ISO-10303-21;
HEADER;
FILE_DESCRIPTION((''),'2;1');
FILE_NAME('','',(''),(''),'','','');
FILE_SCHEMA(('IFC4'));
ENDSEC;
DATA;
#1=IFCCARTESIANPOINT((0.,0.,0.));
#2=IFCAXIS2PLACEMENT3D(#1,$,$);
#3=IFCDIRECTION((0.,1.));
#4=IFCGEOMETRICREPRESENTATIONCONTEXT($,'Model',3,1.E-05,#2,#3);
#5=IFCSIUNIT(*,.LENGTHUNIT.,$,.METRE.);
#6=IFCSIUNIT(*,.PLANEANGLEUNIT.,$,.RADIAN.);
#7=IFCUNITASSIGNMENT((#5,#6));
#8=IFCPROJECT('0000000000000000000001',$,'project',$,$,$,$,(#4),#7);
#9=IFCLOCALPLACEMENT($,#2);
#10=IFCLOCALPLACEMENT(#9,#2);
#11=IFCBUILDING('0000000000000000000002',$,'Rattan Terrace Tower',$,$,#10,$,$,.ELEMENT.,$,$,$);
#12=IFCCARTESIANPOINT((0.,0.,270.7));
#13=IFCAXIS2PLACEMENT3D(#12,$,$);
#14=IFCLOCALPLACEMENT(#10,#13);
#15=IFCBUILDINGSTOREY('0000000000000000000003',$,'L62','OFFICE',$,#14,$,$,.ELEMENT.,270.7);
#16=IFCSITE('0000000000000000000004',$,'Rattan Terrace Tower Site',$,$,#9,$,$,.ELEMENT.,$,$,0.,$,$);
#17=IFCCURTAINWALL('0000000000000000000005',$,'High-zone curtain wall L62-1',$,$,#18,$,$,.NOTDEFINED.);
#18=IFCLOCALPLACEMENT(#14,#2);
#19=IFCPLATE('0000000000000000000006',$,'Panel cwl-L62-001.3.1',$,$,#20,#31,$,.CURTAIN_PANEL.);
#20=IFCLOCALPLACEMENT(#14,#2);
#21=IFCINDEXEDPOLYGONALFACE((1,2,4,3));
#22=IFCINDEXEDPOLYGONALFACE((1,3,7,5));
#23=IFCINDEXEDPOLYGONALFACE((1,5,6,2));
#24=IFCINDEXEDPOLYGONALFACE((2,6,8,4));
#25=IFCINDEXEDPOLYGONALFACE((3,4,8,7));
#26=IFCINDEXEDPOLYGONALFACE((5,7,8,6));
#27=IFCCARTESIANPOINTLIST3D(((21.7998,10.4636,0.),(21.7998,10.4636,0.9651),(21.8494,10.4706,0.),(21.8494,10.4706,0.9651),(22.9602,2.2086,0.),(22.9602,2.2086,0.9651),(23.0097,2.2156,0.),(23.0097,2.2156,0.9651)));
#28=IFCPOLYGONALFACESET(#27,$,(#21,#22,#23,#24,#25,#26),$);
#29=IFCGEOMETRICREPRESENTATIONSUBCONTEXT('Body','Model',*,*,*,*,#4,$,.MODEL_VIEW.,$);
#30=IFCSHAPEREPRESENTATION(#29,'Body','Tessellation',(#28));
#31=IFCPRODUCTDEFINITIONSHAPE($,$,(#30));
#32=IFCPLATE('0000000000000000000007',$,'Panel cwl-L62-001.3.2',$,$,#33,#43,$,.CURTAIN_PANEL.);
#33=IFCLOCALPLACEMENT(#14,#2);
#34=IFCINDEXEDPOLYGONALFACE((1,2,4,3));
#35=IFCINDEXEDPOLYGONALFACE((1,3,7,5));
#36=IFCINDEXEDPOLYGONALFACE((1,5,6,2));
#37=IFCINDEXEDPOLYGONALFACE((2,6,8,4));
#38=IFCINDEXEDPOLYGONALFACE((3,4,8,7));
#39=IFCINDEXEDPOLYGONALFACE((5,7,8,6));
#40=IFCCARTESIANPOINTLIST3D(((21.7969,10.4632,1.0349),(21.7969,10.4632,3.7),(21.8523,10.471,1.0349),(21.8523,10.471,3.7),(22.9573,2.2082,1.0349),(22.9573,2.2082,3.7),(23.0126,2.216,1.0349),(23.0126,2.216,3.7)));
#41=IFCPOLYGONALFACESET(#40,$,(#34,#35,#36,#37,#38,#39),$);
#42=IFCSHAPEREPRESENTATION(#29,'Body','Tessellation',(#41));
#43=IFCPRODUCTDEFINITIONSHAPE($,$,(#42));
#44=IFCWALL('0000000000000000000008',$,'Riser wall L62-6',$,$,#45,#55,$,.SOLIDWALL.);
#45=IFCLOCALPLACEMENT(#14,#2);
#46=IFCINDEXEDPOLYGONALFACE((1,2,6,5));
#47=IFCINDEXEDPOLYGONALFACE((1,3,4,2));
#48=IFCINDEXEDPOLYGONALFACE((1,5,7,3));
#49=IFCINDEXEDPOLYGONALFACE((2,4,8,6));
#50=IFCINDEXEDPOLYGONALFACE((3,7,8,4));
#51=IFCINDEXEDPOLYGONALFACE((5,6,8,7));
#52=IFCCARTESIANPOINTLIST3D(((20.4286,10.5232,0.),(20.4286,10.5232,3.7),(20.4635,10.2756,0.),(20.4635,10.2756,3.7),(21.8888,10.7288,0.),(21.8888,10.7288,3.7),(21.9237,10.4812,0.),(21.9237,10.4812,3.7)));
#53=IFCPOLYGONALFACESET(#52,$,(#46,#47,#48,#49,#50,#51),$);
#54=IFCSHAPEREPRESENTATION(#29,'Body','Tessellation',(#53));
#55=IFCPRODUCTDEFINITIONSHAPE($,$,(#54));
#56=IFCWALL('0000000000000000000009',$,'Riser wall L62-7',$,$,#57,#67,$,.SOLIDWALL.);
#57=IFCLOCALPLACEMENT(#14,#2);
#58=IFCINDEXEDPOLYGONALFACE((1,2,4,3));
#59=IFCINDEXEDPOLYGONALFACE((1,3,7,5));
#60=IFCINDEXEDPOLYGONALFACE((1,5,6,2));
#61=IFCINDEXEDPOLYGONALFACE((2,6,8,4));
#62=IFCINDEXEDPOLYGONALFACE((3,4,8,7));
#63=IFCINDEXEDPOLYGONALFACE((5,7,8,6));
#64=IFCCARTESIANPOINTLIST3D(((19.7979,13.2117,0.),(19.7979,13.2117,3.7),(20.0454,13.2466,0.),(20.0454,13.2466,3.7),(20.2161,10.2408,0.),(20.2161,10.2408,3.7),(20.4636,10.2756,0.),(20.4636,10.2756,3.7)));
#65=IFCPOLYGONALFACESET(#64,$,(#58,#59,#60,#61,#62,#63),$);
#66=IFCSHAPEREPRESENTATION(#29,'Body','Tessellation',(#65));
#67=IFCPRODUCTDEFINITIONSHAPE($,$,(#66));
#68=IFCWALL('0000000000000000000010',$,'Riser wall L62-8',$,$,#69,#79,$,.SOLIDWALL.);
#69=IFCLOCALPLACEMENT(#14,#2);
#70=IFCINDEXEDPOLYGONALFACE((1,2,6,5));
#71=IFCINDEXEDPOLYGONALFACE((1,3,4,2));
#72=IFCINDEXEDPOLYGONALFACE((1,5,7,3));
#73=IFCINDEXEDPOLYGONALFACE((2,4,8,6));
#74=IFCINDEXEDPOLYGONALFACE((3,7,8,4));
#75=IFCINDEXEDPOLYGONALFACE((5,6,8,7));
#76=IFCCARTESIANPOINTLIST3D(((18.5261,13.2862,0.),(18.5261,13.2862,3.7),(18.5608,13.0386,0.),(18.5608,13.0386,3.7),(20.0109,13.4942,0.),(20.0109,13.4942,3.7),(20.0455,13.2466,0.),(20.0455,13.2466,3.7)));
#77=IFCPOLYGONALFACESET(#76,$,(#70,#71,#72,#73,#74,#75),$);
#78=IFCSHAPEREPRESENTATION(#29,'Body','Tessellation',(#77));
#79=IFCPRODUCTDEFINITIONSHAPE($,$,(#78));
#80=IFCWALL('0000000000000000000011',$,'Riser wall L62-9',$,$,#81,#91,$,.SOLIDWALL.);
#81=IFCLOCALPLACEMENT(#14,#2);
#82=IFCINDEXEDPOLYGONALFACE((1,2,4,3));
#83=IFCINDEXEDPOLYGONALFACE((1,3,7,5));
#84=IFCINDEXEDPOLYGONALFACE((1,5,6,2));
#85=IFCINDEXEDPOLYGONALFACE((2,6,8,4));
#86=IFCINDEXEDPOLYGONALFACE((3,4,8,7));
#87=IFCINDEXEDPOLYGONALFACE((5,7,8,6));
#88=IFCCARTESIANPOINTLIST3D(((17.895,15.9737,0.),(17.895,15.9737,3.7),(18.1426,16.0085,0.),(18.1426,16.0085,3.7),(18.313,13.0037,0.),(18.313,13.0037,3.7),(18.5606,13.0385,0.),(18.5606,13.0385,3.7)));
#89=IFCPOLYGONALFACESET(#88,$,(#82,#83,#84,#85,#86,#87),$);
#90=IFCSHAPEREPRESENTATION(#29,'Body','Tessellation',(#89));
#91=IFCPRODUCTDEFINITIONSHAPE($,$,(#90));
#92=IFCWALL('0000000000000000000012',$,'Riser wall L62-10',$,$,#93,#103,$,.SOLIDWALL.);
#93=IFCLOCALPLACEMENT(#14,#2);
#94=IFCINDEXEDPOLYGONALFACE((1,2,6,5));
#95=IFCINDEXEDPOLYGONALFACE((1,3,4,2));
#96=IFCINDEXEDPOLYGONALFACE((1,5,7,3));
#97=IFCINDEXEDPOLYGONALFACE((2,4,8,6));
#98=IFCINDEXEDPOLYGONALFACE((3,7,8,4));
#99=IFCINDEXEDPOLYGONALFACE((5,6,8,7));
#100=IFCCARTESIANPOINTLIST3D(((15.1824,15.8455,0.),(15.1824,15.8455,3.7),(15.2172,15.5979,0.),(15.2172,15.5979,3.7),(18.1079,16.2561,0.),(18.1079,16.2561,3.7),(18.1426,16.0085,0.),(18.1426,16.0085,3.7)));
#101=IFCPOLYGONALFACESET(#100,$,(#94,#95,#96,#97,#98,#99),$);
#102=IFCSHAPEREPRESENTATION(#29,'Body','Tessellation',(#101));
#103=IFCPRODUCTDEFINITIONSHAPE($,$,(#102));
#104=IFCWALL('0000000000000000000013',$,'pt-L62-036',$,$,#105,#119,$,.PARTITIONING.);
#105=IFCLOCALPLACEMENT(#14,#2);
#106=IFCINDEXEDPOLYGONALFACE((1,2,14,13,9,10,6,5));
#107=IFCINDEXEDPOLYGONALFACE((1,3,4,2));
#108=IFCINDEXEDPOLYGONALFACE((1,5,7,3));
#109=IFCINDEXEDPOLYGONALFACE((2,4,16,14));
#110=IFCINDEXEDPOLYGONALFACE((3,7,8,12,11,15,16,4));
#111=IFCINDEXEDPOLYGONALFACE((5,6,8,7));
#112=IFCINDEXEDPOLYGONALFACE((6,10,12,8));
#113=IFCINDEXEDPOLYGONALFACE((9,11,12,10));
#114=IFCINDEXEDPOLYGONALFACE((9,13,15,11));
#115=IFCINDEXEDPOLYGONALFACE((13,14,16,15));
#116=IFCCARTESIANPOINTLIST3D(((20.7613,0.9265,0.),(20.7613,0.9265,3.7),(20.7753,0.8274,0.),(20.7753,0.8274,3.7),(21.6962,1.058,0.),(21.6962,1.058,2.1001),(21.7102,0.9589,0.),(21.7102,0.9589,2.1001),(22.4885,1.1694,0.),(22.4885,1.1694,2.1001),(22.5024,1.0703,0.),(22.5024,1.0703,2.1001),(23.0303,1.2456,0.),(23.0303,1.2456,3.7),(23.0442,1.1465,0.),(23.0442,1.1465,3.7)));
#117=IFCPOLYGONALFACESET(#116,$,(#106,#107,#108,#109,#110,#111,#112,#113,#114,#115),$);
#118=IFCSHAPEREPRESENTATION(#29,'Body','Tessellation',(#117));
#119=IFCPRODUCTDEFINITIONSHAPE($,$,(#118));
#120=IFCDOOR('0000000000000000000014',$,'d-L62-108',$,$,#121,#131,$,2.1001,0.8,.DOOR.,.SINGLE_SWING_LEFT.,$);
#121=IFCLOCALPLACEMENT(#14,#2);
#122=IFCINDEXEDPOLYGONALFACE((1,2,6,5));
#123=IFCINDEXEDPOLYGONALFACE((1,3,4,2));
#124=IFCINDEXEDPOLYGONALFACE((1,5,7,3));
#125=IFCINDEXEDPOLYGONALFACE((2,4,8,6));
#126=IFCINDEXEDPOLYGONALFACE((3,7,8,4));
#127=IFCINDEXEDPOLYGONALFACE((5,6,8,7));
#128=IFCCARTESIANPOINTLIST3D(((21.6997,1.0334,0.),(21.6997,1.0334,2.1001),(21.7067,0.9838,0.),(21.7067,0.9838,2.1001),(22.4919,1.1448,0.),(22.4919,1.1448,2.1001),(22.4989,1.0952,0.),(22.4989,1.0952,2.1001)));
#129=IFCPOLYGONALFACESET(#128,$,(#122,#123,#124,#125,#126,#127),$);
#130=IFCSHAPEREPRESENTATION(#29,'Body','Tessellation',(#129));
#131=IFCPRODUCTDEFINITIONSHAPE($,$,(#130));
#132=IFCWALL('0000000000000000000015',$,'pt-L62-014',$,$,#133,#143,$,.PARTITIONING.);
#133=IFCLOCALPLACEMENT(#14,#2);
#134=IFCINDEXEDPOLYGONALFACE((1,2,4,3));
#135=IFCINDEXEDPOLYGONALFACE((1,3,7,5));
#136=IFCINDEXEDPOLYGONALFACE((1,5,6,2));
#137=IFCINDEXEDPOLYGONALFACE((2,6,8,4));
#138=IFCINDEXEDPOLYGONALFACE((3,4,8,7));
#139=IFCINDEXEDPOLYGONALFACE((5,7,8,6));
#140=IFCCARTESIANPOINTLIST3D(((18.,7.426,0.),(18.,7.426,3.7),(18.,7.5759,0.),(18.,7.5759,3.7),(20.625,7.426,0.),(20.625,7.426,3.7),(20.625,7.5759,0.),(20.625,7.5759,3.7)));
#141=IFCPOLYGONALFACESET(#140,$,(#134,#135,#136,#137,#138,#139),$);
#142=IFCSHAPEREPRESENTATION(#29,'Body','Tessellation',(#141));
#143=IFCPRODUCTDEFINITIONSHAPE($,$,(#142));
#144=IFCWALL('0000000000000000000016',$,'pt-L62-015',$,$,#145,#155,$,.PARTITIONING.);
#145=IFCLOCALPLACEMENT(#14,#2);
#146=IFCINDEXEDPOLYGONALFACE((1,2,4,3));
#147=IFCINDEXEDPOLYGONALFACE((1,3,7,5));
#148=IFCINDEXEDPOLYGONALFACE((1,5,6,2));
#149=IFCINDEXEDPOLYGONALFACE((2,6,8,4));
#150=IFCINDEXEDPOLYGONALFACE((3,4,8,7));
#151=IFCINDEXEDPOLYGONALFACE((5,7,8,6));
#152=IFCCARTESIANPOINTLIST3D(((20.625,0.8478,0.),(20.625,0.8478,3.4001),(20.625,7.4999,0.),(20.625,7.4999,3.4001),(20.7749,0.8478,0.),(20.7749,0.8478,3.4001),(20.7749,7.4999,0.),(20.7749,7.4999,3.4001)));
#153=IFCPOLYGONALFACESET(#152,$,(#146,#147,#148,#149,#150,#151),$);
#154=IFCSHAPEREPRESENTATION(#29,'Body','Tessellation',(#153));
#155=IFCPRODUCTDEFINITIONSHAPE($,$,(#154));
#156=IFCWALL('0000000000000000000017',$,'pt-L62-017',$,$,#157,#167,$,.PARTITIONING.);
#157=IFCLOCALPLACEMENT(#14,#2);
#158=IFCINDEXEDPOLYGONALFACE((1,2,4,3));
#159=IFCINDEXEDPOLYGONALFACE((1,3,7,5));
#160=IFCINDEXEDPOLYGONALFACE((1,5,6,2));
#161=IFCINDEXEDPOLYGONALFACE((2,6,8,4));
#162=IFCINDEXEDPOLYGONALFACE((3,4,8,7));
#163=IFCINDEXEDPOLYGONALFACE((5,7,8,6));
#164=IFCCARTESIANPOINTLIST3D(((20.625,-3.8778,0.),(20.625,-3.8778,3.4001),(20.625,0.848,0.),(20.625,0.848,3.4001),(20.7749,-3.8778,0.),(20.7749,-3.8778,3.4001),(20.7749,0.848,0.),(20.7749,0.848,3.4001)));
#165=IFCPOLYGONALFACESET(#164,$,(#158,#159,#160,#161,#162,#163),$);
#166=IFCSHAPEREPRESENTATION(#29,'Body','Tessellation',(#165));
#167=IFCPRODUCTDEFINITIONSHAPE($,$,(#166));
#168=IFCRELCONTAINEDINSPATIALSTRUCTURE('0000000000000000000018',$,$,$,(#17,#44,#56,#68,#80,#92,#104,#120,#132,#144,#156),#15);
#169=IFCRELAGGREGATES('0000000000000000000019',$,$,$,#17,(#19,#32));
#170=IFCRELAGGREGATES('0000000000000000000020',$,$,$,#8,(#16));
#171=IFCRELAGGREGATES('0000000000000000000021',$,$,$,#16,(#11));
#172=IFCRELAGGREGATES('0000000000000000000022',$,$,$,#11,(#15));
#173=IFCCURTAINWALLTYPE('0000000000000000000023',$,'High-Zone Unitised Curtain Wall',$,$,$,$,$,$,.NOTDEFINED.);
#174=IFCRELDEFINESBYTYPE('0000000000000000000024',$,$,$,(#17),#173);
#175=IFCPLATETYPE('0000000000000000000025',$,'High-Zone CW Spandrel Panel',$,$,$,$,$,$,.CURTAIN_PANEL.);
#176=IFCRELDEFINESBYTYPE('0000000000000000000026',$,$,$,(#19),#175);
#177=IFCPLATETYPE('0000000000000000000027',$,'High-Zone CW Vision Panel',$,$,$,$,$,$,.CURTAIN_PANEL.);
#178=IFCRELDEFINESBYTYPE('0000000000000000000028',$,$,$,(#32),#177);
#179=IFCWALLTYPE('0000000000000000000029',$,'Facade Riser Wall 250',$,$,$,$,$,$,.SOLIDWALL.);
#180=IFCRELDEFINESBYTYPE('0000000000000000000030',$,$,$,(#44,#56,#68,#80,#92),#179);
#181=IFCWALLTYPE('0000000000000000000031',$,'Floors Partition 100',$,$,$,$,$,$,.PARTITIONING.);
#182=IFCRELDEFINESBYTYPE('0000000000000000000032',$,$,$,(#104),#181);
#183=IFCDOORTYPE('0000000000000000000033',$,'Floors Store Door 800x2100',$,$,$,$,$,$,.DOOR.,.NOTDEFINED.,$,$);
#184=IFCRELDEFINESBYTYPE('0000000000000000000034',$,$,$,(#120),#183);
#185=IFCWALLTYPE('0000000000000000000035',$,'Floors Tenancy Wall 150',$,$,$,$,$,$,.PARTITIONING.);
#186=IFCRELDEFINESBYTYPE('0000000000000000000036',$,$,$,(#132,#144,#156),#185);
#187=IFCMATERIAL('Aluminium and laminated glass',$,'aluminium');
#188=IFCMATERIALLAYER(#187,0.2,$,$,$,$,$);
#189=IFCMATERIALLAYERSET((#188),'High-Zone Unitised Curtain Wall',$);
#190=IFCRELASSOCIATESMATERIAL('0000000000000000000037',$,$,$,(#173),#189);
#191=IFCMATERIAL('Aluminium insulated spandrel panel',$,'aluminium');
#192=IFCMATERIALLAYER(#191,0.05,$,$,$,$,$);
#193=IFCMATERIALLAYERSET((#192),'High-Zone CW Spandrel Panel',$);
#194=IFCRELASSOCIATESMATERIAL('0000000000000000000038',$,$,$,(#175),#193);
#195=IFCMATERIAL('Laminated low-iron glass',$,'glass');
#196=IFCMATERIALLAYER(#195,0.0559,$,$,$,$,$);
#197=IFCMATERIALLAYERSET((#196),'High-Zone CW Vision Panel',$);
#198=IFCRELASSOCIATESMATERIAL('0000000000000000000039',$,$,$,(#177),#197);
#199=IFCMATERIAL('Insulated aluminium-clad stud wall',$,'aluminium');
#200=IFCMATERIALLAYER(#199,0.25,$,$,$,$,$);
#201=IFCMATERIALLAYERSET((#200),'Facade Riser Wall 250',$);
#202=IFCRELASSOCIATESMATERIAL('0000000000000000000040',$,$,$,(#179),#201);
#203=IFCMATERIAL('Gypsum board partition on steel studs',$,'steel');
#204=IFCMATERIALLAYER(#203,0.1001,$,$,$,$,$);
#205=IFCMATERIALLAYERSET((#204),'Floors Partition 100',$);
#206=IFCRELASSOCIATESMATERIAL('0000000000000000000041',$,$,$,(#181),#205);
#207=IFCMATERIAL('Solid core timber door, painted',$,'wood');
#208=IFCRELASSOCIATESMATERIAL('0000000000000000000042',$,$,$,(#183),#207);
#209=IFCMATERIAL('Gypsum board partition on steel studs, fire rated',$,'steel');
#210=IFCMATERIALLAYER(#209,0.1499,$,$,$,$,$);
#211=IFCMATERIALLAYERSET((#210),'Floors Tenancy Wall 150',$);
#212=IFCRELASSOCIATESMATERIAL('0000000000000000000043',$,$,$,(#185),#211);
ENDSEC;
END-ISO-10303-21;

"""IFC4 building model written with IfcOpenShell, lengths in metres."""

from ifc_helpers import new_model, si_unit, direction, frame, frame_2d, origin, origin_2d, place, context, subcontext, project, spatial, rectangle, extrude, material, layer, layer_set, type_object, element, fill, aggregate, save


model = new_model("IFC4")

# Units and contexts
model_context = context("Model", 3, precision=1e-05, world=origin(), true_north=direction((0.0, 1.0)))
body_context = subcontext(model_context, "Body", "Model", "MODEL_VIEW")
ifc_project = project(units=[si_unit("LENGTHUNIT", "METRE"), si_unit("PLANEANGLEUNIT", "RADIAN")], contexts=[model_context])

# Site, building, storey
site_placement = place(None, origin())
site = spatial("IfcSite", under=ifc_project, at=site_placement, Name="Rattan Terrace Tower Site", CompositionType="ELEMENT", RefElevation=0.0)
building_placement = place(site_placement, origin())
building = spatial("IfcBuilding", under=site, at=building_placement, Name="Rattan Terrace Tower", CompositionType="ELEMENT")
storey_placement = place(building_placement, frame((0.0, 0.0, 270.7)))
storey = spatial("IfcBuildingStorey", under=building, at=storey_placement, Name="L62", Description="OFFICE", CompositionType="ELEMENT", Elevation=270.7)

# Curtain wall, plates
ifc_material_1 = material(Name="Aluminium and laminated glass", Category="aluminium")
ifc_layer_1 = layer(ifc_material_1, 0.2)
ifc_layer_set_1 = layer_set([ifc_layer_1], Name="High-Zone Unitised Curtain Wall")
curtain_wall_type = type_object("IfcCurtainWallType", Name="High-Zone Unitised Curtain Wall", PredefinedType="NOTDEFINED", material=ifc_layer_set_1)
curtain_wall_placement = place(storey_placement, origin())
curtain_wall = element("IfcCurtainWall", 1, at=curtain_wall_placement, inside=storey, type_object=curtain_wall_type, Name="High-zone curtain wall L62-1", PredefinedType="NOTDEFINED")
ifc_material_2 = material(Name="Aluminium insulated spandrel panel", Category="aluminium")
ifc_layer_2 = layer(ifc_material_2, 0.05)
ifc_layer_set_2 = layer_set([ifc_layer_2], Name="High-Zone CW Spandrel Panel")
plate_type_1 = type_object("IfcPlateType", Name="High-Zone CW Spandrel Panel", PredefinedType="CURTAIN_PANEL", material=ifc_layer_set_2)
plate_1_placement = place(storey_placement, frame((22.4048, 6.3396, 0.0), z_axis=(0.0, 0.0, 1.0), x_axis=(-0.139192, 0.990265, 0.0)))
plate_1 = element("IfcPlate", 2, at=plate_1_placement, type_object=plate_type_1, Name="Panel cwl-L62-001.3.1", PredefinedType="CURTAIN_PANEL", context=body_context, shape_type="SweptSolid", body=[
    extrude(rectangle(XDim=8.3362, YDim=0.05, at=origin_2d()), origin(), (0.0, 0.0, 1.0), 0.9651),
])
ifc_material_3 = material(Name="Laminated low-iron glass", Category="glass")
ifc_layer_3 = layer(ifc_material_3, 0.0559)
ifc_layer_set_3 = layer_set([ifc_layer_3], Name="High-Zone CW Vision Panel")
plate_type_2 = type_object("IfcPlateType", Name="High-Zone CW Vision Panel", PredefinedType="CURTAIN_PANEL", material=ifc_layer_set_3)
plate_2_placement = place(storey_placement, frame((22.4048, 6.3396, 1.0349), z_axis=(0.0, 0.0, 1.0), x_axis=(-0.139192, 0.990265, 0.0)))
plate_2 = element("IfcPlate", 3, at=plate_2_placement, type_object=plate_type_2, Name="Panel cwl-L62-001.3.2", PredefinedType="CURTAIN_PANEL", context=body_context, shape_type="SweptSolid", body=[
    extrude(rectangle(XDim=8.3362, YDim=0.0559, at=origin_2d()), origin(), (0.0, 0.0, 1.0), 2.665),
])
aggregate(curtain_wall, [plate_1, plate_2])

# Walls
ifc_material_4 = material(Name="Insulated aluminium-clad stud wall", Category="aluminium")
ifc_layer_4 = layer(ifc_material_4, 0.25)
ifc_layer_set_4 = layer_set([ifc_layer_4], Name="Facade Riser Wall 250")
wall_type_1 = type_object("IfcWallType", Name="Facade Riser Wall 250", PredefinedType="SOLIDWALL", material=ifc_layer_set_4)
wall_1_placement = place(storey_placement, frame((21.9062, 10.605, 0.0), z_axis=(0.0, 0.0, 1.0), x_axis=(-0.990236, -0.139404, 0.0)))
element("IfcWall", 4, at=wall_1_placement, inside=storey, type_object=wall_type_1, Name="Riser wall L62-6", PredefinedType="SOLIDWALL", context=body_context, shape_type="SweptSolid", body=[
    extrude(rectangle(XDim=1.4746, YDim=0.25, at=frame_2d((0.7373, 0.0))), origin(), (0.0, 0.0, 1.0), 3.7),
])
wall_2_placement = place(storey_placement, frame((20.3398, 10.2583, 0.0), z_axis=(0.0, 0.0, 1.0), x_axis=(-0.139393, 0.990237, 0.0)))
element("IfcWall", 5, at=wall_2_placement, inside=storey, type_object=wall_type_1, Name="Riser wall L62-7", PredefinedType="SOLIDWALL", context=body_context, shape_type="SweptSolid", body=[
    extrude(rectangle(XDim=3.0002, YDim=0.25, at=frame_2d((1.5, 0.0))), origin(), (0.0, 0.0, 1.0), 3.7),
])
wall_3_placement = place(storey_placement, frame((20.0281, 13.3704, 0.0), z_axis=(0.0, 0.0, 1.0), x_axis=(-0.99033, -0.138731, 0.0)))
element("IfcWall", 6, at=wall_3_placement, inside=storey, type_object=wall_type_1, Name="Riser wall L62-8", PredefinedType="SOLIDWALL", context=body_context, shape_type="SweptSolid", body=[
    extrude(rectangle(XDim=1.4993, YDim=0.25, at=frame_2d((0.7495, 0.0))), origin(), (0.0, 0.0, 1.0), 3.7),
])
wall_4_placement = place(storey_placement, frame((18.4368, 13.0212, 0.0), z_axis=(0.0, 0.0, 1.0), x_axis=(-0.139358, 0.990242, 0.0)))
element("IfcWall", 7, at=wall_4_placement, inside=storey, type_object=wall_type_1, Name="Riser wall L62-9", PredefinedType="SOLIDWALL", context=body_context, shape_type="SweptSolid", body=[
    extrude(rectangle(XDim=2.9993, YDim=0.25, at=frame_2d((1.4995, 0.0))), origin(), (0.0, 0.0, 1.0), 3.7),
])
wall_5_placement = place(storey_placement, frame((18.1252, 16.1323, 0.0), z_axis=(0.0, 0.0, 1.0), x_axis=(-0.990292, -0.139003, 0.0)))
element("IfcWall", 8, at=wall_5_placement, inside=storey, type_object=wall_type_1, Name="Riser wall L62-10", PredefinedType="SOLIDWALL", context=body_context, shape_type="SweptSolid", body=[
    extrude(rectangle(XDim=2.9541, YDim=0.25, at=frame_2d((1.4771, 0.0))), origin(), (0.0, 0.0, 1.0), 3.7),
])

# Wall, opening, door
ifc_material_5 = material(Name="Gypsum board partition on steel studs", Category="steel")
ifc_layer_5 = layer(ifc_material_5, 0.1001)
ifc_layer_set_5 = layer_set([ifc_layer_5], Name="Floors Partition 100")
wall_type_2 = type_object("IfcWallType", Name="Floors Partition 100", PredefinedType="PARTITIONING", material=ifc_layer_set_5)
wall_6_placement = place(storey_placement, frame((23.0371, 1.196, 0.0), z_axis=(0.0, 0.0, 1.0), x_axis=(-0.990256, -0.139258, 0.0)))
wall_6 = element("IfcWall", 9, at=wall_6_placement, inside=storey, type_object=wall_type_2, Name="pt-L62-036", PredefinedType="PARTITIONING", context=body_context, shape_type="SweptSolid", body=[
    extrude(rectangle(XDim=2.2913, YDim=0.1001, at=frame_2d((1.1455, 0.0))), origin(), (0.0, 0.0, 1.0), 3.7),
])
opening_placement = place(wall_6_placement, frame((0.5471, 0.0, 0.0)))
opening = element("IfcOpeningElement", 10, at=opening_placement, cuts=wall_6, PredefinedType="OPENING", context=body_context, shape_type="SweptSolid", body=[
    extrude(rectangle(XDim=0.8, YDim=2.1001, at=frame_2d((0.3999, 1.05))), frame((0.0, 0.0605, 0.0), z_axis=(0.0, -1.0, 0.0), x_axis=(1.0, 0.0, 0.0)), (0.0, 0.0, 1.0), 0.1211),
])
ifc_material_6 = material(Name="Solid core timber door, painted", Category="wood")
door_type = type_object("IfcDoorType", Name="Floors Store Door 800x2100", OperationType="NOTDEFINED", PredefinedType="DOOR", material=ifc_material_6)
door_placement = place(opening_placement, origin())
door = element("IfcDoor", 11, at=door_placement, inside=storey, type_object=door_type, Name="d-L62-108", OperationType="SINGLE_SWING_LEFT", OverallHeight=2.1001, OverallWidth=0.8, PredefinedType="DOOR", context=body_context, shape_type="SweptSolid", body=[
    extrude(rectangle(XDim=0.8, YDim=2.1001, at=frame_2d((0.3999, 1.05))), frame((0.0, 0.0249, 0.0), z_axis=(0.0, -1.0, 0.0), x_axis=(1.0, 0.0, 0.0)), (0.0, 0.0, 1.0), 0.05),
])
fill(opening, door)

# Walls
ifc_material_7 = material(Name="Gypsum board partition on steel studs, fire rated", Category="steel")
ifc_layer_6 = layer(ifc_material_7, 0.1499)
ifc_layer_set_6 = layer_set([ifc_layer_6], Name="Floors Tenancy Wall 150")
wall_type_3 = type_object("IfcWallType", Name="Floors Tenancy Wall 150", PredefinedType="PARTITIONING", material=ifc_layer_set_6)
wall_7_placement = place(storey_placement, frame((18.0, 7.501, 0.0), z_axis=(0.0, 0.0, 1.0), x_axis=(1.0, 0.0, 0.0)))
element("IfcWall", 12, at=wall_7_placement, inside=storey, type_object=wall_type_3, Name="pt-L62-014", PredefinedType="PARTITIONING", context=body_context, shape_type="SweptSolid", body=[
    extrude(rectangle(XDim=2.625, YDim=0.1499, at=frame_2d((1.3125, 0.0))), origin(), (0.0, 0.0, 1.0), 3.7),
])
wall_8_placement = place(storey_placement, frame((20.7, 7.5, 0.0), z_axis=(0.0, 0.0, 1.0), x_axis=(0.0, -1.0, 0.0)))
element("IfcWall", 13, at=wall_8_placement, inside=storey, type_object=wall_type_3, Name="pt-L62-015", PredefinedType="PARTITIONING", context=body_context, shape_type="SweptSolid", body=[
    extrude(rectangle(XDim=6.6521, YDim=0.1499, at=frame_2d((3.3262, 0.0))), origin(), (0.0, 0.0, 1.0), 3.4001),
])
wall_9_placement = place(storey_placement, frame((20.7, 0.8479, 0.0), z_axis=(0.0, 0.0, 1.0), x_axis=(0.0, -1.0, 0.0)))
element("IfcWall", 14, at=wall_9_placement, inside=storey, type_object=wall_type_3, Name="pt-L62-017", PredefinedType="PARTITIONING", context=body_context, shape_type="SweptSolid", body=[
    extrude(rectangle(XDim=4.7258, YDim=0.1499, at=frame_2d((2.3628, 0.0))), origin(), (0.0, 0.0, 1.0), 3.4001),
])

save(model, "model.ifc")
